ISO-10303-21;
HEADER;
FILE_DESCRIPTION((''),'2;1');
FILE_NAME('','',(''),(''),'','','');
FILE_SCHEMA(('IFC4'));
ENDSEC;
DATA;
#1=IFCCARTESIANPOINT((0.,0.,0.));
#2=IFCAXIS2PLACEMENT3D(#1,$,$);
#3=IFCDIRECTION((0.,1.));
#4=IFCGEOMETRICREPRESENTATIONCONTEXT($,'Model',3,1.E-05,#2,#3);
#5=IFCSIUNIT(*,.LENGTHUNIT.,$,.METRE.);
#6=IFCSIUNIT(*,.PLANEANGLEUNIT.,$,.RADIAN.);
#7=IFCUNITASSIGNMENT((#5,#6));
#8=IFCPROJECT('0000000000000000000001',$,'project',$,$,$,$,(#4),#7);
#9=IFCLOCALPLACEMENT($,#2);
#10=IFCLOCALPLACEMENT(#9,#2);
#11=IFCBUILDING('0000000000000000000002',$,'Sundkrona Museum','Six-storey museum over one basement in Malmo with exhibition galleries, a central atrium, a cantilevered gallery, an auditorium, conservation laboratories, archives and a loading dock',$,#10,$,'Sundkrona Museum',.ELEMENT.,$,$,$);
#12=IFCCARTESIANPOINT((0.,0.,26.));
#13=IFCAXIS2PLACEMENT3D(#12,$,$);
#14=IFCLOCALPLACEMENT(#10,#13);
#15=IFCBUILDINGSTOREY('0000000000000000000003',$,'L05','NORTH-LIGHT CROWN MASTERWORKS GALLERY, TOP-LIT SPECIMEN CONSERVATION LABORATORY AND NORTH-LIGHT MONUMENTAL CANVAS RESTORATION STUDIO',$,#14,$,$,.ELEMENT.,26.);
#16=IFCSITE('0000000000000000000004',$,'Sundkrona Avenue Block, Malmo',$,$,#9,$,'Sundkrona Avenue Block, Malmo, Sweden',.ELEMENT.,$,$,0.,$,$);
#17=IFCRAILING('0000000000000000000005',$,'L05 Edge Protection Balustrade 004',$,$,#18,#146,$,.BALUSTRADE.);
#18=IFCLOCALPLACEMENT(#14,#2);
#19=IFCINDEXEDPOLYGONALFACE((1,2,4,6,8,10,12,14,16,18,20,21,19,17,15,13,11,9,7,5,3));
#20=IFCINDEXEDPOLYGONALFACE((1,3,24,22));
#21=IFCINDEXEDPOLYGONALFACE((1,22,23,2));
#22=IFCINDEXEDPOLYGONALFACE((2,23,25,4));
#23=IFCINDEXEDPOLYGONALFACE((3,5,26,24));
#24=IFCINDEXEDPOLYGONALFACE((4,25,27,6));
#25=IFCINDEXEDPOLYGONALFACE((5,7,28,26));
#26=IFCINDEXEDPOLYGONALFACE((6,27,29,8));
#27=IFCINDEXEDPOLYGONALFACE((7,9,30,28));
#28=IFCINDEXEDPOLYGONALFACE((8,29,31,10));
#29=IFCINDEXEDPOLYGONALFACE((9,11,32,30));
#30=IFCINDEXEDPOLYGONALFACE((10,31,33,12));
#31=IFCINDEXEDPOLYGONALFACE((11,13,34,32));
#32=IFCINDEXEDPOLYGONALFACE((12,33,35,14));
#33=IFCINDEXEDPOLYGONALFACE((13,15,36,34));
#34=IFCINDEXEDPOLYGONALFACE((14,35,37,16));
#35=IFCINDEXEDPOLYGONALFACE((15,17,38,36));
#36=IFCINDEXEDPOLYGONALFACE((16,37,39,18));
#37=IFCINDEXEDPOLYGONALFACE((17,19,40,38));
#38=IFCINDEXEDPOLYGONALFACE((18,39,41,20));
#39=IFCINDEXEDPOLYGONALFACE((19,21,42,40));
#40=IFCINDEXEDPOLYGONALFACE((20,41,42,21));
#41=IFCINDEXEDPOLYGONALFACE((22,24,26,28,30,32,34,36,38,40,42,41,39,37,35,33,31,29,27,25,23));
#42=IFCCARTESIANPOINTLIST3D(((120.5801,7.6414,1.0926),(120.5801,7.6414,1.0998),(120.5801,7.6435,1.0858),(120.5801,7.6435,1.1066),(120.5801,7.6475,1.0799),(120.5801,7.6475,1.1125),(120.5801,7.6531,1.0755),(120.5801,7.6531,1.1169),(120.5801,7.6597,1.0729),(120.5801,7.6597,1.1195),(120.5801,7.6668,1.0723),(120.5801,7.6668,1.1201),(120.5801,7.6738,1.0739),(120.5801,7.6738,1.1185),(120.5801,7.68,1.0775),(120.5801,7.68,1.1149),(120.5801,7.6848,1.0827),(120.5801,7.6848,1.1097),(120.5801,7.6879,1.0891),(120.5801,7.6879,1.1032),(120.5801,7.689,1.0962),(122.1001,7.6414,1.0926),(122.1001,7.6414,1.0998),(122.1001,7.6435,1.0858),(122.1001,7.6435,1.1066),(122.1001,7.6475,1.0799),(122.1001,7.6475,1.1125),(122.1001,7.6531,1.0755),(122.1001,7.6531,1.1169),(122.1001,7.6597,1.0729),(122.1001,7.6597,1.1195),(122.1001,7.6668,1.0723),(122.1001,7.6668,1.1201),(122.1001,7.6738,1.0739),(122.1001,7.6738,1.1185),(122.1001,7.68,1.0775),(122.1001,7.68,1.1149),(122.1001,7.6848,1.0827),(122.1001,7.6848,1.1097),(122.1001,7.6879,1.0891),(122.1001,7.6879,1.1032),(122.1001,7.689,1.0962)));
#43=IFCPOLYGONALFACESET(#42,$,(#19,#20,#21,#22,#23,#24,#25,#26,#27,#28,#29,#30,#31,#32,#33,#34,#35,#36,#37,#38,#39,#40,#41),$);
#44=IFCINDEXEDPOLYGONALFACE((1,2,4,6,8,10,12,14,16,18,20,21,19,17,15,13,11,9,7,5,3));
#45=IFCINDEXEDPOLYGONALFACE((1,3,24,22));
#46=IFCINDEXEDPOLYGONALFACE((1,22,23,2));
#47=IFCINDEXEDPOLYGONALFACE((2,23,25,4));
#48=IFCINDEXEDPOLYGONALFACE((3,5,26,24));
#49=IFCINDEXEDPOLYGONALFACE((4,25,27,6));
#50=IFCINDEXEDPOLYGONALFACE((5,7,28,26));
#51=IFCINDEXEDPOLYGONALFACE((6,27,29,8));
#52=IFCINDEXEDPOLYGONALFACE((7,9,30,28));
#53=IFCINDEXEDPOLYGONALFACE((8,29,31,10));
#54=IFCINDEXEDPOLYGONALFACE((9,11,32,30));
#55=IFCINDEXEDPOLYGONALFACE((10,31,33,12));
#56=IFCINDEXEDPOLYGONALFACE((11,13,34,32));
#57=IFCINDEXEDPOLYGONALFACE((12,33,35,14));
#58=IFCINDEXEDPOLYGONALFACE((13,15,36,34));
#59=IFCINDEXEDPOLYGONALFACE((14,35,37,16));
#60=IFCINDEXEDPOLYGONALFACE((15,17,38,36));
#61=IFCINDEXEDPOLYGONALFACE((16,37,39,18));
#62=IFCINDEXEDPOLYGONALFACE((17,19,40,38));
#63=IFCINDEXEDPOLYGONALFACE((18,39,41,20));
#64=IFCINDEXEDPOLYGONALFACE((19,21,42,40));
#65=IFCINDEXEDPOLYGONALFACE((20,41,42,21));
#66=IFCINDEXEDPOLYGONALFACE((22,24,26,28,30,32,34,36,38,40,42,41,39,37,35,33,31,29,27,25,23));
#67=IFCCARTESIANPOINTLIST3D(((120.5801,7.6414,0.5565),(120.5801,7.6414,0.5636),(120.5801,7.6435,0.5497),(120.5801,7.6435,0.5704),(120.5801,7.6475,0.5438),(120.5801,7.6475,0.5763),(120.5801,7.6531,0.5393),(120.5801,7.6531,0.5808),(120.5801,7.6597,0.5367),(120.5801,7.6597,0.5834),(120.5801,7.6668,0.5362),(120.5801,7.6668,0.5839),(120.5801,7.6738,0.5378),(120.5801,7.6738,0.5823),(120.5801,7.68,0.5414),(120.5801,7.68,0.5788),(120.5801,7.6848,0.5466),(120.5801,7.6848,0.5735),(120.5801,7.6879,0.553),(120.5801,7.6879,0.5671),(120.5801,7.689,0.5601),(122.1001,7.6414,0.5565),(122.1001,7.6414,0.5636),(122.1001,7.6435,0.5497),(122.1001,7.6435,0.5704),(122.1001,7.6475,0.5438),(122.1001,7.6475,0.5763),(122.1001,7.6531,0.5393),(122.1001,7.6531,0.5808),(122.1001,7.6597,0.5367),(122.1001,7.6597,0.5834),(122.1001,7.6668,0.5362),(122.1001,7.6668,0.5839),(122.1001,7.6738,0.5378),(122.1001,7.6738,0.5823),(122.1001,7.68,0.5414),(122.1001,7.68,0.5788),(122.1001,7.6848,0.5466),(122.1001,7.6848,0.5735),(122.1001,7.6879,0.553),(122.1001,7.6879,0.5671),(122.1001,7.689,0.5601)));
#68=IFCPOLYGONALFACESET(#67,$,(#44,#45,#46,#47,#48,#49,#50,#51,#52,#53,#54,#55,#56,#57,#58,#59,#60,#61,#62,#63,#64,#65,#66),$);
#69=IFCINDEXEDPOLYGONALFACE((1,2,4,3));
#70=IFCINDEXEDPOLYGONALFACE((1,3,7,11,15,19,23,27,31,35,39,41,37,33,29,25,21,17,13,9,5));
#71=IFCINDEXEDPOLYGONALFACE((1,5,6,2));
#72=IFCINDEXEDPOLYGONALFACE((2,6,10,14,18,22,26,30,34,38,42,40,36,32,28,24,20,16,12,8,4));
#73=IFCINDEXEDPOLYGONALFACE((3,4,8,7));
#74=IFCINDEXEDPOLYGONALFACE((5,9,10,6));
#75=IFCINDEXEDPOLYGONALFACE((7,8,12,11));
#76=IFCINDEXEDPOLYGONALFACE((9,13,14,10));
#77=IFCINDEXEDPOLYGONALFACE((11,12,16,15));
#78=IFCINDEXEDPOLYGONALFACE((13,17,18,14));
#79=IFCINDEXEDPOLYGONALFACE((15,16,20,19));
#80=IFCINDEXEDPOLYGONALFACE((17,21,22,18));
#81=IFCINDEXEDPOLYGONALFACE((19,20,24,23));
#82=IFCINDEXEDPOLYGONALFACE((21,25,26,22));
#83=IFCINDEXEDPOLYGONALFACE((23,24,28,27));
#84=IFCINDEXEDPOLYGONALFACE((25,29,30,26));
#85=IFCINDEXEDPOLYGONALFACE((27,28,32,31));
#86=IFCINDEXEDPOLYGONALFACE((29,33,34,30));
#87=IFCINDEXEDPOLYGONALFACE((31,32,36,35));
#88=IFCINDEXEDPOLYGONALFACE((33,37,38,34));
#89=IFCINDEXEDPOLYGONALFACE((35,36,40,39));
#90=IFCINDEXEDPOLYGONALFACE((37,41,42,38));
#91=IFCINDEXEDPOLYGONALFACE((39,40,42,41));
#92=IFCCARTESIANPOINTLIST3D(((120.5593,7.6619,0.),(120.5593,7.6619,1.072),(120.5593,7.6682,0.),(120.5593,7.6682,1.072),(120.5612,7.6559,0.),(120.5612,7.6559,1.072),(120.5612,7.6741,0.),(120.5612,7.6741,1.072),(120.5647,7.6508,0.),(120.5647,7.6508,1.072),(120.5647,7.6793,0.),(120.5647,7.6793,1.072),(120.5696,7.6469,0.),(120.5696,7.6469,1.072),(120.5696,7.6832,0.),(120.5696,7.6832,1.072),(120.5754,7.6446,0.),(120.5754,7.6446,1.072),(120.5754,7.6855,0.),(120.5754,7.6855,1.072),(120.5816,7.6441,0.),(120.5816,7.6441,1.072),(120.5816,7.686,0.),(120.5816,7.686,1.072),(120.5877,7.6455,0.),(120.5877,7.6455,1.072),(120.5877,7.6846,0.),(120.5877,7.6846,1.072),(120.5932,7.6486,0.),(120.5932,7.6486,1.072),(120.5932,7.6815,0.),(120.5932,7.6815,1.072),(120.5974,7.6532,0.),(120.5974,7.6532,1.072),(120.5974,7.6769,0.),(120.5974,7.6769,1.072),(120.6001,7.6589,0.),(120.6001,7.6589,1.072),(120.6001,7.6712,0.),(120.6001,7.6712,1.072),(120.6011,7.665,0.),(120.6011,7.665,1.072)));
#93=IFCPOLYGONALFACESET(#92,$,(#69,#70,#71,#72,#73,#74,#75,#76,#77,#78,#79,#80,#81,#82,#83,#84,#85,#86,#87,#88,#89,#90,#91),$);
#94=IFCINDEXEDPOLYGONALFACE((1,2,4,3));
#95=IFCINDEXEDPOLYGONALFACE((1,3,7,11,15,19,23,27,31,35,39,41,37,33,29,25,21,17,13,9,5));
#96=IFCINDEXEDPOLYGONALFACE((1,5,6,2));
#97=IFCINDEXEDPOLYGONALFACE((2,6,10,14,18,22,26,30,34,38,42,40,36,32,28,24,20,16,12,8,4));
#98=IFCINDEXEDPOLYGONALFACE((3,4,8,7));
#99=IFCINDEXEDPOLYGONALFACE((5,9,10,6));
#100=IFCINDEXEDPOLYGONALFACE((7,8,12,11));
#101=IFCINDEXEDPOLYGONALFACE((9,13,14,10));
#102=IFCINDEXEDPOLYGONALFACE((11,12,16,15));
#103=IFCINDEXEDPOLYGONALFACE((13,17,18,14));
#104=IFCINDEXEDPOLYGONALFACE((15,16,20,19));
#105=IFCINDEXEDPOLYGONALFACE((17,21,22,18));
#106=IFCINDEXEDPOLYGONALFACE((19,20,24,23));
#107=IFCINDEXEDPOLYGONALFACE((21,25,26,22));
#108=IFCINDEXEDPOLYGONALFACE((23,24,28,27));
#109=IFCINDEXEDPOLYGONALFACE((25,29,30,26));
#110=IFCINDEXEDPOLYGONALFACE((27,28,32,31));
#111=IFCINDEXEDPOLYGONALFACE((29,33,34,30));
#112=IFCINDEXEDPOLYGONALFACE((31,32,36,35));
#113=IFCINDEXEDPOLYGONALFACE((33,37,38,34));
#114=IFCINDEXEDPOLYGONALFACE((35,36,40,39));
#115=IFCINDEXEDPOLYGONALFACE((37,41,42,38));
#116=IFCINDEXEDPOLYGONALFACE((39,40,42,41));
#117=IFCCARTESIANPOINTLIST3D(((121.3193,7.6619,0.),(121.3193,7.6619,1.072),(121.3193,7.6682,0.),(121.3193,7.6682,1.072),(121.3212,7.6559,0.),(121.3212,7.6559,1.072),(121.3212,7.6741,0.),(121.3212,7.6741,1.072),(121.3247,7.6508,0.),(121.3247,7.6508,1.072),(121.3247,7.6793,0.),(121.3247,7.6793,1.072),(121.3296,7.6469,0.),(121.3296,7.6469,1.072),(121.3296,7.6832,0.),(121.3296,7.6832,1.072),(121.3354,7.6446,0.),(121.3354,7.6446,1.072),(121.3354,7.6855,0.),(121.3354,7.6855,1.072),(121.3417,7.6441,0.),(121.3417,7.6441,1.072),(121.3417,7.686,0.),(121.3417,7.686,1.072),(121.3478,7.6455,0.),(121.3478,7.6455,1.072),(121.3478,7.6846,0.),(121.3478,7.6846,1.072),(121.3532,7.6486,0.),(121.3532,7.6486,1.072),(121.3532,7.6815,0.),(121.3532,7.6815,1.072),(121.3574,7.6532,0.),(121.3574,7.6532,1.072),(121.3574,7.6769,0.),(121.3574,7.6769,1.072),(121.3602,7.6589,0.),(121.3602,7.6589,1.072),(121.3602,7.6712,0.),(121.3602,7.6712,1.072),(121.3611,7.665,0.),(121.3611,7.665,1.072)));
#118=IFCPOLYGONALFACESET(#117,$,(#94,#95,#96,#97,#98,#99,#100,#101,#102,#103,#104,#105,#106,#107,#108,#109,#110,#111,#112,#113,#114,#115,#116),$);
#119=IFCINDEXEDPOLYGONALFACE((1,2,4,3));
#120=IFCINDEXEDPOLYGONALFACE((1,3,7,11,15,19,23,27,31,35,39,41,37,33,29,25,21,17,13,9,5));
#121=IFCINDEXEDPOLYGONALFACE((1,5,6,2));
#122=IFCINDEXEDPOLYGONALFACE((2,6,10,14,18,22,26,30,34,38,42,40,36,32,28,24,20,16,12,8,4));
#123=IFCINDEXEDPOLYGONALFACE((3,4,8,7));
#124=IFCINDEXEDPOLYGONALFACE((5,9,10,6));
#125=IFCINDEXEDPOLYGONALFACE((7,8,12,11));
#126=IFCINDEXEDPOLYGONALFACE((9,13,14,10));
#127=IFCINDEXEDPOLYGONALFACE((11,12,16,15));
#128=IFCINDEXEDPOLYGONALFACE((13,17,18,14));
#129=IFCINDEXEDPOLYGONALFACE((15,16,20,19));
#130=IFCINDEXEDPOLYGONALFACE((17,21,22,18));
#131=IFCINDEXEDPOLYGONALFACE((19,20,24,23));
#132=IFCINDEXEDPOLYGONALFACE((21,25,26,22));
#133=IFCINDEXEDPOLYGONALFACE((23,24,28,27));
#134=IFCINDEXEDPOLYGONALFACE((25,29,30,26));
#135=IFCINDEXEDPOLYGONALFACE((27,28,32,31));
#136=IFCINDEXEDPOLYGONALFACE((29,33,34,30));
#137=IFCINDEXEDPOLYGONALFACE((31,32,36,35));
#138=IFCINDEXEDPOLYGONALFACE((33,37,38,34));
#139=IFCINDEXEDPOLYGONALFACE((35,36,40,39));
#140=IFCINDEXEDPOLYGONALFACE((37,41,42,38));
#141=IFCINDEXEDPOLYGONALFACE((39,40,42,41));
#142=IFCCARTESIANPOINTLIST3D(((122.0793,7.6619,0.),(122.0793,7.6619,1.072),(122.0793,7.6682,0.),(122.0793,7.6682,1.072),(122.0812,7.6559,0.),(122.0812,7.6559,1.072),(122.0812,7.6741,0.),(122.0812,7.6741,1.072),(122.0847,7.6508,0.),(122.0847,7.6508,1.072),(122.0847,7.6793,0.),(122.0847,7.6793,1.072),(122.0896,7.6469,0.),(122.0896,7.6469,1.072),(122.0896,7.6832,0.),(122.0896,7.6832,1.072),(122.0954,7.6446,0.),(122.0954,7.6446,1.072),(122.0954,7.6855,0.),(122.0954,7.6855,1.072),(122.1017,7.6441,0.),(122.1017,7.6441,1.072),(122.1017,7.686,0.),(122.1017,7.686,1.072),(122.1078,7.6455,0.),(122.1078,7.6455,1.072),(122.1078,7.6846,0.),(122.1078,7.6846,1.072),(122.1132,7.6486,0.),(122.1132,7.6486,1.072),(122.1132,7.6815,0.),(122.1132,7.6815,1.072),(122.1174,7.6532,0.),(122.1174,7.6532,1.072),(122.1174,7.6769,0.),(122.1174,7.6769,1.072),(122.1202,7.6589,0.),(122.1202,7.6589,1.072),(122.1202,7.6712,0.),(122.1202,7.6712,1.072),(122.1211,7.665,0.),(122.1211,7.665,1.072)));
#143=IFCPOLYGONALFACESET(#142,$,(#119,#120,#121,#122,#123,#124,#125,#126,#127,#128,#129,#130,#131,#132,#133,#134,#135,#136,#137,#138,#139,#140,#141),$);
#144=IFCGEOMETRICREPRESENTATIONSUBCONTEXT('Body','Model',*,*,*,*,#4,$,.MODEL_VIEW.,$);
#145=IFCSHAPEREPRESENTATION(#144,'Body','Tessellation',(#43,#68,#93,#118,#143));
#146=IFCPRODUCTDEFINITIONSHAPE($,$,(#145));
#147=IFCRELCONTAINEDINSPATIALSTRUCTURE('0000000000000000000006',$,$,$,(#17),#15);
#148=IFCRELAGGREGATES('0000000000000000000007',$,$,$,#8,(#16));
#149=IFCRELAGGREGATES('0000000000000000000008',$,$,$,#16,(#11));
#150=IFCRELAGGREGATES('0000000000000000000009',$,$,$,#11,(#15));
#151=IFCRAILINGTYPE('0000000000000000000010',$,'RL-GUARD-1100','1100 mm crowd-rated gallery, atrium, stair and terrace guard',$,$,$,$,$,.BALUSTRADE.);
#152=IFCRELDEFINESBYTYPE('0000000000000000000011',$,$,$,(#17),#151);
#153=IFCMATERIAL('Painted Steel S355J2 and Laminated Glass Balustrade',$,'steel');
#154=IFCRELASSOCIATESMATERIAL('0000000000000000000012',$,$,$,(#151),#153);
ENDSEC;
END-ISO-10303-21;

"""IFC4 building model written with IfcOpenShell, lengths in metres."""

from ifc_helpers import new_model, si_unit, direction, frame, origin, origin_2d, place, context, subcontext, project, spatial, circle, extrude, material, type_object, element, save


model = new_model("IFC4")

# Units and contexts
model_context = context("Model", 3, precision=1e-05, world=origin(), true_north=direction((0.0, 1.0)))
body_context = subcontext(model_context, "Body", "Model", "MODEL_VIEW")
ifc_project = project(units=[si_unit("LENGTHUNIT", "METRE"), si_unit("PLANEANGLEUNIT", "RADIAN")], contexts=[model_context])

# Site, building, storey
site_placement = place(None, origin())
site = spatial("IfcSite", under=ifc_project, at=site_placement, Name="Sundkrona Avenue Block, Malmo", LongName="Sundkrona Avenue Block, Malmo, Sweden", CompositionType="ELEMENT", RefElevation=0.0)
building_placement = place(site_placement, origin())
building = spatial("IfcBuilding", under=site, at=building_placement, Name="Sundkrona Museum", Description="Six-storey museum over one basement in Malmo with exhibition galleries, a central atrium, a cantilevered gallery, an auditorium, conservation laboratories, archives and a loading dock", LongName="Sundkrona Museum", CompositionType="ELEMENT")
storey_placement = place(building_placement, frame((0.0, 0.0, 26.0)))
storey = spatial("IfcBuildingStorey", under=building, at=storey_placement, Name="L05", Description="NORTH-LIGHT CROWN MASTERWORKS GALLERY, TOP-LIT SPECIMEN CONSERVATION LABORATORY AND NORTH-LIGHT MONUMENTAL CANVAS RESTORATION STUDIO", CompositionType="ELEMENT", Elevation=26.0)

# Railing
ifc_material_1 = material(Name="Painted Steel S355J2 and Laminated Glass Balustrade", Category="steel")
railing_type = type_object("IfcRailingType", Name="RL-GUARD-1100", Description="1100 mm crowd-rated gallery, atrium, stair and terrace guard", PredefinedType="BALUSTRADE", material=ifc_material_1)
railing_1_placement = place(storey_placement, frame((120.5801, 7.665, 0.0)))
element("IfcRailing", 1, at=railing_1_placement, inside=storey, type_object=railing_type, Name="L05 Edge Protection Balustrade 004", PredefinedType="BALUSTRADE", context=body_context, shape_type="SweptSolid", body=[
    extrude(circle(Radius=0.0239, at=origin_2d()), frame((0.0, 0.0, 1.0962), z_axis=(1.0, 0.0, 0.0), x_axis=(0.0, 1.0, 0.0)), (0.0, 0.0, 1.0), 1.52),
    extrude(circle(Radius=0.0239, at=origin_2d()), frame((0.0, 0.0, 0.5601), z_axis=(1.0, 0.0, 0.0), x_axis=(0.0, 1.0, 0.0)), (0.0, 0.0, 1.0), 1.52),
    extrude(circle(Radius=0.021, at=origin_2d()), origin(), (0.0, 0.0, 1.0), 1.072),
    extrude(circle(Radius=0.021, at=origin_2d()), frame((0.76, 0.0, 0.0)), (0.0, 0.0, 1.0), 1.072),
    extrude(circle(Radius=0.021, at=origin_2d()), frame((1.52, 0.0, 0.0)), (0.0, 0.0, 1.0), 1.072),
])

save(model, "model.ifc")
